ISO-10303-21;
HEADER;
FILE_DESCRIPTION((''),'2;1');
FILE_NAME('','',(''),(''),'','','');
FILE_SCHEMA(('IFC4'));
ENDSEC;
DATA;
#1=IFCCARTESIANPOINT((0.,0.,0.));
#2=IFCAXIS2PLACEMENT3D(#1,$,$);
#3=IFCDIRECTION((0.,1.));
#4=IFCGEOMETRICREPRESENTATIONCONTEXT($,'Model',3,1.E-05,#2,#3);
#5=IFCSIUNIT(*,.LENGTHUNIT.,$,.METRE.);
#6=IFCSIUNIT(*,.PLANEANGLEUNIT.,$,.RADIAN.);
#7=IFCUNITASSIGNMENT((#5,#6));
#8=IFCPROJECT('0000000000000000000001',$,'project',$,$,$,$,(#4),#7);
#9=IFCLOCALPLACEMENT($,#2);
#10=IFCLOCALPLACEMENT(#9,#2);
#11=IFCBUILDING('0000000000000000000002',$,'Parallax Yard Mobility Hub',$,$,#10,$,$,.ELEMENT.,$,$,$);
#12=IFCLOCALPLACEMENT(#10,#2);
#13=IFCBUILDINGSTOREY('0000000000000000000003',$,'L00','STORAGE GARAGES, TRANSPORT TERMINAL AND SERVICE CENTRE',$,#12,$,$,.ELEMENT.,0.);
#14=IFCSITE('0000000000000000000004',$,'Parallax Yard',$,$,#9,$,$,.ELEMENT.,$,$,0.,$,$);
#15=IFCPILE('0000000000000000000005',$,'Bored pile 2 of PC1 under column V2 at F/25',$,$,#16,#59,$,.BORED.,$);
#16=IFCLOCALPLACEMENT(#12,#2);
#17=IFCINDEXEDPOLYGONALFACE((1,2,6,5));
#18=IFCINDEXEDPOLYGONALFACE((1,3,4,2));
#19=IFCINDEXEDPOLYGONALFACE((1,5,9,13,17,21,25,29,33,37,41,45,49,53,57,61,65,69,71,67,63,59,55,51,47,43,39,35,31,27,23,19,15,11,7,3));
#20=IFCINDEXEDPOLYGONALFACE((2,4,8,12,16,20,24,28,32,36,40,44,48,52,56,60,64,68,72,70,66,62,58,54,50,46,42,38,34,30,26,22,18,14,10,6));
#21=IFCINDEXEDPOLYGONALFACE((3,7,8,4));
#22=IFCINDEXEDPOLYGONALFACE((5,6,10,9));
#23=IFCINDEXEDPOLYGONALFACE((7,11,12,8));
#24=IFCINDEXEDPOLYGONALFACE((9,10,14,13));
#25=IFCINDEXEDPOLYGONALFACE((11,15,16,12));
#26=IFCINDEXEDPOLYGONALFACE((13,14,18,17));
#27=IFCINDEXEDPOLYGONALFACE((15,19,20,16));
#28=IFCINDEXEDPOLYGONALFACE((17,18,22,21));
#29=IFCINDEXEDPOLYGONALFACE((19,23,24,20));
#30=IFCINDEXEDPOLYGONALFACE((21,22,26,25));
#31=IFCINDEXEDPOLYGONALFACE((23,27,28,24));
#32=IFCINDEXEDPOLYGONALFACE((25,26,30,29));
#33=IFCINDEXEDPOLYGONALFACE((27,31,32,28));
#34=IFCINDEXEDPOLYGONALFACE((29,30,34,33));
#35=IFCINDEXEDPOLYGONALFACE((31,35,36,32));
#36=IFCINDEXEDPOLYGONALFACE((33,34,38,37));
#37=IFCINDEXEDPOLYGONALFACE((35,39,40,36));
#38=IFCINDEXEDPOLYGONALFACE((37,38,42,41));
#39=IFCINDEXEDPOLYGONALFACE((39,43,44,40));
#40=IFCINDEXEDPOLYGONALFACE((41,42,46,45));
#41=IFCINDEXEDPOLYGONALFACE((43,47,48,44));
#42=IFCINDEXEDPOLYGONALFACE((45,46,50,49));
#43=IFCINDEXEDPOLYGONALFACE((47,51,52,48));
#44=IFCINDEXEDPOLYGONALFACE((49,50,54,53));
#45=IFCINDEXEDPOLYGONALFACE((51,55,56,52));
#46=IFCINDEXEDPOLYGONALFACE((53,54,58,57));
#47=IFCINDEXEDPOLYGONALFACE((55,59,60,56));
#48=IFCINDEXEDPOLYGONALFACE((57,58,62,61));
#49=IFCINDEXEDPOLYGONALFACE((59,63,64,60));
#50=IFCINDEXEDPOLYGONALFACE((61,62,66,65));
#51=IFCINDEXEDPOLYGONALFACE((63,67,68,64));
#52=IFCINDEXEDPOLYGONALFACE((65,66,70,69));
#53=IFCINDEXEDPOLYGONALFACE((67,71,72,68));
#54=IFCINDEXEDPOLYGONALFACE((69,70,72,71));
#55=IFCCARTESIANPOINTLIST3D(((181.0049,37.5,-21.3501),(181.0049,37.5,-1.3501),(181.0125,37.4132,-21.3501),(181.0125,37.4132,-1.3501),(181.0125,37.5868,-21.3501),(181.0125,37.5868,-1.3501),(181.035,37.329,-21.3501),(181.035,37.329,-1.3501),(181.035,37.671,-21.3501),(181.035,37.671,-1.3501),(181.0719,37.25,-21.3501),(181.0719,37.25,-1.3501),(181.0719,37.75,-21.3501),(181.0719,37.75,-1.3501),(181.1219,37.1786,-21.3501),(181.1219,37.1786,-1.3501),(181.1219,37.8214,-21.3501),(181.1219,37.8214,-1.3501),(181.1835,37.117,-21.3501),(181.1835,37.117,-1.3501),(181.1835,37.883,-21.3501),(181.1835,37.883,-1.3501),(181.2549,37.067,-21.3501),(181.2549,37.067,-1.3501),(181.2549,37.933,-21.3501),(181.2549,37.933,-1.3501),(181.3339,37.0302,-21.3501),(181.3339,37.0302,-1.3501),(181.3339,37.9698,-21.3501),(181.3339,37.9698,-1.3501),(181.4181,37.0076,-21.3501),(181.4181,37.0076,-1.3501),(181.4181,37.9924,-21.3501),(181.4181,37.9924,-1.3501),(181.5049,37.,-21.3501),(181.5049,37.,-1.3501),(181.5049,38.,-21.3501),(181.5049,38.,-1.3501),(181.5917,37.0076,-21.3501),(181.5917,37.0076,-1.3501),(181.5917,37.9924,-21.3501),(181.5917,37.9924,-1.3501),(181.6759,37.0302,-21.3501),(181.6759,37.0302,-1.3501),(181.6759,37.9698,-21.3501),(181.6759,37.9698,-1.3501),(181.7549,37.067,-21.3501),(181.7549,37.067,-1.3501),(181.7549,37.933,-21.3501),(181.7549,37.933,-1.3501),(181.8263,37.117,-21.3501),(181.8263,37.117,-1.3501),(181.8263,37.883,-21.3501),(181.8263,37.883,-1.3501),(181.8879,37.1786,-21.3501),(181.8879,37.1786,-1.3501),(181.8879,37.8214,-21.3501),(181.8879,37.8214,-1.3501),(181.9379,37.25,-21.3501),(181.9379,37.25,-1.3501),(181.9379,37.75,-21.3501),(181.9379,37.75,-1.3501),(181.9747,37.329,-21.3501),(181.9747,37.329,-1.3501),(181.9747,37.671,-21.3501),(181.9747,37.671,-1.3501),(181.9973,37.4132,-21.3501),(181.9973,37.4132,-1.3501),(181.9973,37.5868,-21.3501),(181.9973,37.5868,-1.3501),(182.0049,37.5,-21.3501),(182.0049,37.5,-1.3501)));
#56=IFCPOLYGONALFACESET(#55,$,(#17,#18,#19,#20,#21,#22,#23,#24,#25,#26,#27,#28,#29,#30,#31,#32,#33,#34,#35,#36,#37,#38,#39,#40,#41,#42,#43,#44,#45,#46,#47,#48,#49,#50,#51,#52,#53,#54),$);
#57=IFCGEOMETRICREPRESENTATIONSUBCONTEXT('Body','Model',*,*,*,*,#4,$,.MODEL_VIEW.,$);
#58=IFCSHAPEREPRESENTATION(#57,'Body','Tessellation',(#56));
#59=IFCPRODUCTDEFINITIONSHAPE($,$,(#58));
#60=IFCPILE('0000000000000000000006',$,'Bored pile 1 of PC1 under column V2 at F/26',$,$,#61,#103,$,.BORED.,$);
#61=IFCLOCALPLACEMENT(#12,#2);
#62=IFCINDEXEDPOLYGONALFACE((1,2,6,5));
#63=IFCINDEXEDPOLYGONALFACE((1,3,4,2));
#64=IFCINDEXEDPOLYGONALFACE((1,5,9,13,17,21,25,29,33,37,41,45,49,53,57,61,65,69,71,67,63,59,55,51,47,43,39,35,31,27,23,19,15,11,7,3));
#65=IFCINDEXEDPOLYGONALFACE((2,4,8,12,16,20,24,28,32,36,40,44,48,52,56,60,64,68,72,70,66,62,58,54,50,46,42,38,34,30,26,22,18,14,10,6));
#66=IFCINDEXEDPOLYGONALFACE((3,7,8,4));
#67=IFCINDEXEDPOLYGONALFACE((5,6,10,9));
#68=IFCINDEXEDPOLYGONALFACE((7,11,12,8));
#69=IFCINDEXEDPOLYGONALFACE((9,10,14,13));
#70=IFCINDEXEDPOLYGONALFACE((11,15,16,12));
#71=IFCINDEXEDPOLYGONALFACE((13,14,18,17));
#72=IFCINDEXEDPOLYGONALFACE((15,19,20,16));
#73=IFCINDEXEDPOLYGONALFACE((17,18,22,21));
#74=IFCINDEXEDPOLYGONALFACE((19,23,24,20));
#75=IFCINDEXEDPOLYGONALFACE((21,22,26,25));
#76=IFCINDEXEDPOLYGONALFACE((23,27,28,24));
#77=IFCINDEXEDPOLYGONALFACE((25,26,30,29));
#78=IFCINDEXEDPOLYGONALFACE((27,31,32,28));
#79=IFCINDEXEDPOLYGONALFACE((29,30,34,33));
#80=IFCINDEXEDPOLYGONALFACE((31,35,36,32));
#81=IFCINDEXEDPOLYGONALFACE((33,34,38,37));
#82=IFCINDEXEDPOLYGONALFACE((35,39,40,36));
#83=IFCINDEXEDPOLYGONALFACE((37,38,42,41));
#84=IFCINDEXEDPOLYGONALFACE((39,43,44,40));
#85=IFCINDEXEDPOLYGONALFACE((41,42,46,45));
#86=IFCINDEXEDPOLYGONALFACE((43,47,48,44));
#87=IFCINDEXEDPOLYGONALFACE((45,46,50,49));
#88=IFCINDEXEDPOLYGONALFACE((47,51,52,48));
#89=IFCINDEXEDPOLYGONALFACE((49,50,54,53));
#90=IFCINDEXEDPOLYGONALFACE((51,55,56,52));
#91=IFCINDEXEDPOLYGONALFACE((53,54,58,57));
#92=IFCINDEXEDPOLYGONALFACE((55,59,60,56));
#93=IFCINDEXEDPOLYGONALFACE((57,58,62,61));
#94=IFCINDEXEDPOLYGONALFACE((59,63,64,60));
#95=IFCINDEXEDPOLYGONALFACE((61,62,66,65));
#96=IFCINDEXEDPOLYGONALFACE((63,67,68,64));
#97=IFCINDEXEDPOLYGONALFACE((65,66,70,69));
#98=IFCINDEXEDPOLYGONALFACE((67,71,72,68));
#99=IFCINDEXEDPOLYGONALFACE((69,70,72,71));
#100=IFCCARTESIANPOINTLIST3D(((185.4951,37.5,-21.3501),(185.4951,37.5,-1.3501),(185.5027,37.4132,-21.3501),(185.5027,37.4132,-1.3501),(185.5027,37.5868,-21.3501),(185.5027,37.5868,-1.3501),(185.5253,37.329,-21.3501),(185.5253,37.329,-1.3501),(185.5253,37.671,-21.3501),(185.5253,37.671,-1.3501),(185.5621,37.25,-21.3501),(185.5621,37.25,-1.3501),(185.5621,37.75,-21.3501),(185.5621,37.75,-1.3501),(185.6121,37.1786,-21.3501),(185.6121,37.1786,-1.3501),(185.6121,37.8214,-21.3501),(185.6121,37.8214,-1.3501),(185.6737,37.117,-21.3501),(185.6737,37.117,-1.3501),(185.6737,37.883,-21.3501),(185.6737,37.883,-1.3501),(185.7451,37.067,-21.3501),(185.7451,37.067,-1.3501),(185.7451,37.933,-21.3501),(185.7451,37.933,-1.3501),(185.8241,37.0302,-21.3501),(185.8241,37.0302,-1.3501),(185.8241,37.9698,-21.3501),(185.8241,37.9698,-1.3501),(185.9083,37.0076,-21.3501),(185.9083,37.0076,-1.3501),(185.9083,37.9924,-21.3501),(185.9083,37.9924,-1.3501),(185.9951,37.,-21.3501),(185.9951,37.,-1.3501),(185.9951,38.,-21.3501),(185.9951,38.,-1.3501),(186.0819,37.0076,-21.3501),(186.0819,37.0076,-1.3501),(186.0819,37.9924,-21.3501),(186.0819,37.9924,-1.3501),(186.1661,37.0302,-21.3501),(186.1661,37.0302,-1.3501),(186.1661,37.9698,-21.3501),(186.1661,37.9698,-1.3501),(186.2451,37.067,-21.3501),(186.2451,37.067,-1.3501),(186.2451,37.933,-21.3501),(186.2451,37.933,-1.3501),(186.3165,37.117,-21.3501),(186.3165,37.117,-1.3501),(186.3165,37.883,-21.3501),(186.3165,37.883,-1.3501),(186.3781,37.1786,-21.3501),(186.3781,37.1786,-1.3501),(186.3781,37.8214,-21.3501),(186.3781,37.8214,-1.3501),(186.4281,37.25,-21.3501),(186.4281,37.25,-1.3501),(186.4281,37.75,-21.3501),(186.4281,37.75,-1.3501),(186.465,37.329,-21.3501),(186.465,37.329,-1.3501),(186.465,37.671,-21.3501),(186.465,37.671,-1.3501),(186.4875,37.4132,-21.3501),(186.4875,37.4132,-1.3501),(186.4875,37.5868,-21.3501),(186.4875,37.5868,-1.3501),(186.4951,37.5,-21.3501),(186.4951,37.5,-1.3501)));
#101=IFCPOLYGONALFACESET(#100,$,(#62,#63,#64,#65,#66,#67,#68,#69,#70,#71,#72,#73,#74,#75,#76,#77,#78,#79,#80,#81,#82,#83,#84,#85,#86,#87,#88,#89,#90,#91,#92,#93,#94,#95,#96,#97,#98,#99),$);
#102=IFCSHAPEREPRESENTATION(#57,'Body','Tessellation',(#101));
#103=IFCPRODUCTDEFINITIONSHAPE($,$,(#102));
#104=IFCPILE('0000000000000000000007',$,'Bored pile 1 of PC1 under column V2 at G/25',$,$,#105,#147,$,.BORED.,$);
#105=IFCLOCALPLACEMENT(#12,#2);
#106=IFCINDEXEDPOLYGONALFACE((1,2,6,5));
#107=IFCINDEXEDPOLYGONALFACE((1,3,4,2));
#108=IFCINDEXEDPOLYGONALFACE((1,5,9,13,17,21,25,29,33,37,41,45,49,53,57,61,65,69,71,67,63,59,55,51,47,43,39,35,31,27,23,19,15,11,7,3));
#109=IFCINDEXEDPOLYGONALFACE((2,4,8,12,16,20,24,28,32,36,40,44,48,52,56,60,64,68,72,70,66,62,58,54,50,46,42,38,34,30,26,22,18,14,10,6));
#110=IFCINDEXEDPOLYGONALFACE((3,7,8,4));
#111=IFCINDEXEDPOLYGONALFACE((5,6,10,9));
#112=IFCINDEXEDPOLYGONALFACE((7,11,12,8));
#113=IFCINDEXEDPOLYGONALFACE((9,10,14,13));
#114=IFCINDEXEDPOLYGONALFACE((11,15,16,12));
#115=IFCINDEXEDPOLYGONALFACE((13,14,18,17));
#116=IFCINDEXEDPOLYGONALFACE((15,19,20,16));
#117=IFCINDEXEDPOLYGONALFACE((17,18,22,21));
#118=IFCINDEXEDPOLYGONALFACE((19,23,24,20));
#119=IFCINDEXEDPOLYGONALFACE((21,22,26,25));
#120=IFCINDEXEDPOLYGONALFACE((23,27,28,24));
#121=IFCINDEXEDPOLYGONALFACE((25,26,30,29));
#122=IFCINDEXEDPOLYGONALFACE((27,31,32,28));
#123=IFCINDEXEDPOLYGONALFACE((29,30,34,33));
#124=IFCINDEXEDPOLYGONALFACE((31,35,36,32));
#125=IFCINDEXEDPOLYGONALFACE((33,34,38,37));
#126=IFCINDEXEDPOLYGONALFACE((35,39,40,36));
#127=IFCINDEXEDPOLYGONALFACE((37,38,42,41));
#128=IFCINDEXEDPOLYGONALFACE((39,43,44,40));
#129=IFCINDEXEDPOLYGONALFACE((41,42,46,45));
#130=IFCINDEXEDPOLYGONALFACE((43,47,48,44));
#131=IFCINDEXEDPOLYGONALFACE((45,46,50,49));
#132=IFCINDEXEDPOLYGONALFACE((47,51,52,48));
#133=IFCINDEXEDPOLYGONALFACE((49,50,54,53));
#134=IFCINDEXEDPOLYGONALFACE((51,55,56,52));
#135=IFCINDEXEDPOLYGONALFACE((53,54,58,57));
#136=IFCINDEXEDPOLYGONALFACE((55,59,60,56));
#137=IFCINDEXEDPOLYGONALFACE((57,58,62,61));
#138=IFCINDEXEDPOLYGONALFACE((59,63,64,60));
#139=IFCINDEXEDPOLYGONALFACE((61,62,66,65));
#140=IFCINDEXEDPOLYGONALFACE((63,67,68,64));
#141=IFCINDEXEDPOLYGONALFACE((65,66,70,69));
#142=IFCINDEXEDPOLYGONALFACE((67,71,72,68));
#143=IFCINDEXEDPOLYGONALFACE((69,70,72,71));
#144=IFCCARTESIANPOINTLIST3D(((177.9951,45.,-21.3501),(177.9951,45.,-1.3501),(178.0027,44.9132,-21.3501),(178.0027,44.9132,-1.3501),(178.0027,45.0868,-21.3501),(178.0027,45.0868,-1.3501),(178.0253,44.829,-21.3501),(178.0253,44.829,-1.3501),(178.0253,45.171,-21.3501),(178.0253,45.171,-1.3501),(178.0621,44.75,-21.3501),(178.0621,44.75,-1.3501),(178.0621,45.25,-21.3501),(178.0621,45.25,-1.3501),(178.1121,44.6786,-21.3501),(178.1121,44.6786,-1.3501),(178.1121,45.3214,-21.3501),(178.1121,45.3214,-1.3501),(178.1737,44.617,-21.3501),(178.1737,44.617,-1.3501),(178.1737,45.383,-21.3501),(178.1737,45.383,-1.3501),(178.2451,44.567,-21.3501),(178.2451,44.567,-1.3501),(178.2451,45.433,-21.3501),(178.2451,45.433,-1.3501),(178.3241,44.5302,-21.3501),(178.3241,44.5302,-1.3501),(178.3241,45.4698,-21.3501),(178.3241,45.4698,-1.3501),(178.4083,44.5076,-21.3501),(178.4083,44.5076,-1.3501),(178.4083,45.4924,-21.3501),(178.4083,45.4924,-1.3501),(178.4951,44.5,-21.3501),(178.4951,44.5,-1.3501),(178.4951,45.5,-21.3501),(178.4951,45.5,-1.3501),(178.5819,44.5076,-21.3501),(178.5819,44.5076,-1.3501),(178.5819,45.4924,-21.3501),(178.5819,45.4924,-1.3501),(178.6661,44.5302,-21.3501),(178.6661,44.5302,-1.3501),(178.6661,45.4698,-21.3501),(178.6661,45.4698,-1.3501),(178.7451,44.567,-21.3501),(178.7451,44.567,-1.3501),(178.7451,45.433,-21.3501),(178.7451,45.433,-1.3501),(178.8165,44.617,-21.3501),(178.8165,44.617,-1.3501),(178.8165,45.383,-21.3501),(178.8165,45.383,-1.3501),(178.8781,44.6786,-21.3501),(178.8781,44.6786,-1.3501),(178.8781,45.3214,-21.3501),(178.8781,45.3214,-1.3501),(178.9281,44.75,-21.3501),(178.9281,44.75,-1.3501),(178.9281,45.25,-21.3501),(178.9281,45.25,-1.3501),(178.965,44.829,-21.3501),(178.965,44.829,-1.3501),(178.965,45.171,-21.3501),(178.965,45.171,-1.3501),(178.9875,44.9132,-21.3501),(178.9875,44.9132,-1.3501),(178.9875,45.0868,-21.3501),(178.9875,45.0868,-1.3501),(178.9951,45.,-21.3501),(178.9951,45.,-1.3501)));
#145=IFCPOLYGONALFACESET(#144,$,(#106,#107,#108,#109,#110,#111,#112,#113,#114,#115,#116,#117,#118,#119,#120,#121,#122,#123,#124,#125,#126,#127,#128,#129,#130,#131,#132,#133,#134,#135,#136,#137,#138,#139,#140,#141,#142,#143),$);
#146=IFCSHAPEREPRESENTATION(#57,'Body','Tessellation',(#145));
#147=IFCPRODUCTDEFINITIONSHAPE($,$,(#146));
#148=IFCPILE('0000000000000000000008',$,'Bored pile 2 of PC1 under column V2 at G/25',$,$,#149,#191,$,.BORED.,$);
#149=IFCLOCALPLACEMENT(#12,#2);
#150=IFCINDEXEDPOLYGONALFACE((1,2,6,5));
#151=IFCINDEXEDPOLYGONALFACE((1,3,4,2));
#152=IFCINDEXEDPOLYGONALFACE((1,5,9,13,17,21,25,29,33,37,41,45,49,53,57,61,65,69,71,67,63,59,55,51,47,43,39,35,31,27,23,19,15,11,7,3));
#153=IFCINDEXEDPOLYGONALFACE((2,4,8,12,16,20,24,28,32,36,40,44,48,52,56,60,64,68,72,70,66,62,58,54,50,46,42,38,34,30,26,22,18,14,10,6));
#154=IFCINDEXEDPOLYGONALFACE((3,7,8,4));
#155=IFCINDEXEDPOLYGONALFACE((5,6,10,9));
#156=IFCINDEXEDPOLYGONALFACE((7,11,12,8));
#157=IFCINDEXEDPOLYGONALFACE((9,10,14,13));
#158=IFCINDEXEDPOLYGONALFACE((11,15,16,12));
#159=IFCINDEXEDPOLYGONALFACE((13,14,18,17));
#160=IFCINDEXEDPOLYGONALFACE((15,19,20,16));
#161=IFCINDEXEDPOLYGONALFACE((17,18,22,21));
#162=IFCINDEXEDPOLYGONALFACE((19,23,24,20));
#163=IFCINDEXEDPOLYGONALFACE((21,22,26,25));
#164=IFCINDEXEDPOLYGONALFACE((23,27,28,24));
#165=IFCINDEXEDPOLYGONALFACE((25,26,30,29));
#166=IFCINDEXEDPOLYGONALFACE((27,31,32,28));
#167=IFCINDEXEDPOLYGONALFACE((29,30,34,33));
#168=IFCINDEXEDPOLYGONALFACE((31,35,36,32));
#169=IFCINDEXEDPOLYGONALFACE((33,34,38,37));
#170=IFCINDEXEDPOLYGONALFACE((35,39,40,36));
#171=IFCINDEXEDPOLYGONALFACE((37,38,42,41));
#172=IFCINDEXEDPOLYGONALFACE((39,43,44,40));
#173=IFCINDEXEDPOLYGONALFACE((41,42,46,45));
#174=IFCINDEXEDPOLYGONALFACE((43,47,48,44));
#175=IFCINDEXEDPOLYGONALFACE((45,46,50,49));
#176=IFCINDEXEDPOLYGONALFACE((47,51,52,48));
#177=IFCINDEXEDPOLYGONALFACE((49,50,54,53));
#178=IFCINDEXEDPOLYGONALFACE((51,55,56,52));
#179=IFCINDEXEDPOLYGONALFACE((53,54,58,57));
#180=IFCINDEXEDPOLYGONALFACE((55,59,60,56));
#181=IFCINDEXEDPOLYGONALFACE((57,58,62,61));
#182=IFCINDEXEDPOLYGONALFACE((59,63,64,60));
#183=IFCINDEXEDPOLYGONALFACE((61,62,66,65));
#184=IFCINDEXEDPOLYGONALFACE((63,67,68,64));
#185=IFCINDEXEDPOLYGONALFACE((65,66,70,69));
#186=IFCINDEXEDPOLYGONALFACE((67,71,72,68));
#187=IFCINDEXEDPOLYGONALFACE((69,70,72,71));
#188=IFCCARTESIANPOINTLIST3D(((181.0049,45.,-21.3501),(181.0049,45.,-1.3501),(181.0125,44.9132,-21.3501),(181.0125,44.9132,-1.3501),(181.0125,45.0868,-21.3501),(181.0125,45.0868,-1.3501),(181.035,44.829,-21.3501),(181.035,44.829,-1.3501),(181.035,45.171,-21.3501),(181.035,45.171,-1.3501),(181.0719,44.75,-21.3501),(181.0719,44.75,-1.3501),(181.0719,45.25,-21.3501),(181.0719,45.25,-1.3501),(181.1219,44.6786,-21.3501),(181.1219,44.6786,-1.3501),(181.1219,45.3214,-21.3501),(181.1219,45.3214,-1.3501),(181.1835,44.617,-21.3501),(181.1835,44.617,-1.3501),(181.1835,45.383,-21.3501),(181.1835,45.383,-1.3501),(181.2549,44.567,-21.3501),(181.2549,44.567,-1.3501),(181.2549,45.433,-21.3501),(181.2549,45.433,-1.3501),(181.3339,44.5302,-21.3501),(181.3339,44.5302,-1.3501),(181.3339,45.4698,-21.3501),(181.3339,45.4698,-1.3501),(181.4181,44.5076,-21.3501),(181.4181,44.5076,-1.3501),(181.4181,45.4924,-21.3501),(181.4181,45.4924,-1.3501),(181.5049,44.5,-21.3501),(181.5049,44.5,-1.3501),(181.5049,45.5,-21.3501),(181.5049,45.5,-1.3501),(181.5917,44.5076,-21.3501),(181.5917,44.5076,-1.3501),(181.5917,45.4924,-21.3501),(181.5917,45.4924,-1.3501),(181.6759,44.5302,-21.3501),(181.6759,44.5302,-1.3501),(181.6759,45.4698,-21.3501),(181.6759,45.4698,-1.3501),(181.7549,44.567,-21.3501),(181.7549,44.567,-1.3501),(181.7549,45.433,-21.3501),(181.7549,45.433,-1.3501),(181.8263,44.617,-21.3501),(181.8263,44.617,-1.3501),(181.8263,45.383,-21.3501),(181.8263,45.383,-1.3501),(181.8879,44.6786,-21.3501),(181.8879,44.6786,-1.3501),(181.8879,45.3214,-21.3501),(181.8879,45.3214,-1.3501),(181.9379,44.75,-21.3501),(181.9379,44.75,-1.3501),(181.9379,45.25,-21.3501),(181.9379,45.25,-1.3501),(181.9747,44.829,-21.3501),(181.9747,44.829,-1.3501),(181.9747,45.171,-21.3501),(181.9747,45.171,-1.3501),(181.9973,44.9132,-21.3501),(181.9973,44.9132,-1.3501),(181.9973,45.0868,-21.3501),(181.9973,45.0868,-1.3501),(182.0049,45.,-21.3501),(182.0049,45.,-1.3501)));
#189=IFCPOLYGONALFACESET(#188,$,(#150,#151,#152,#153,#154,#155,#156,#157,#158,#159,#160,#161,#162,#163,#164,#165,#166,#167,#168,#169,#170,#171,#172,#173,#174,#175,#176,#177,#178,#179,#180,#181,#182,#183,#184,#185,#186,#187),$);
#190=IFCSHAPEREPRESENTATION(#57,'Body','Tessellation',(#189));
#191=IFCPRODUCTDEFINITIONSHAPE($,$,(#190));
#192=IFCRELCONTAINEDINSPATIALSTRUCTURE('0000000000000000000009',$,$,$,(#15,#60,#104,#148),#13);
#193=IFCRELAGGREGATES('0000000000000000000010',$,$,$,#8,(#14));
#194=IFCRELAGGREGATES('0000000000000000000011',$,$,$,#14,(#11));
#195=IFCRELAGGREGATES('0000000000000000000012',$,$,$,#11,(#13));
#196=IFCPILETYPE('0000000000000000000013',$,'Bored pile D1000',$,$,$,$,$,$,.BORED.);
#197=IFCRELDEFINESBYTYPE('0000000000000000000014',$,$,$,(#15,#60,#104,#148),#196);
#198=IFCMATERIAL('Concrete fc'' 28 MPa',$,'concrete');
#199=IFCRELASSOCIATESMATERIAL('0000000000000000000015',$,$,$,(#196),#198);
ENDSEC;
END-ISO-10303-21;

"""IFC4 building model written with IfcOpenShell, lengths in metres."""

from ifc_helpers import new_model, si_unit, direction, frame, origin, origin_2d, place, context, subcontext, project, spatial, circle, extrude, material, material_profile, profile_set, type_object, element, save


model = new_model("IFC4")

# Units and contexts
model_context = context("Model", 3, precision=1e-05, world=origin(), true_north=direction((0.0, 1.0)))
body_context = subcontext(model_context, "Body", "Model", "MODEL_VIEW")
ifc_project = project(units=[si_unit("LENGTHUNIT", "METRE"), si_unit("PLANEANGLEUNIT", "RADIAN")], contexts=[model_context])

# Site, building, storey
site_placement = place(None, origin())
site = spatial("IfcSite", under=ifc_project, at=site_placement, Name="Parallax Yard", CompositionType="ELEMENT", RefElevation=0.0)
building_placement = place(site_placement, origin())
building = spatial("IfcBuilding", under=site, at=building_placement, Name="Parallax Yard Mobility Hub", CompositionType="ELEMENT")
storey_placement = place(building_placement, origin())
storey = spatial("IfcBuildingStorey", under=building, at=storey_placement, Name="L00", Description="STORAGE GARAGES, TRANSPORT TERMINAL AND SERVICE CENTRE", CompositionType="ELEMENT", Elevation=0.0)

# Piles
ifc_material_1 = material(Name="Concrete fc' 28 MPa", Category="concrete")
ifc_material_profile_1 = material_profile(ifc_material_1, circle(Radius=0.5, at=origin_2d()), Name="Bored pile D1000")
ifc_profile_set_1 = profile_set([ifc_material_profile_1], Name="Concrete fc' 28 MPa")
pile_type = type_object("IfcPileType", Name="Bored pile D1000", PredefinedType="BORED", material=ifc_profile_set_1)
for number, where, z_axis, x_axis, name in (
    (1, (181.5049, 37.5, -1.3501), (0.0, 0.0, -1.0), (1.0, 0.0, 0.0), "Bored pile 2 of PC1 under column V2 at F/25"),
    (2, (185.9951, 37.5, -1.3501), (0.0, 0.0, -1.0), (1.0, 0.0, 0.0), "Bored pile 1 of PC1 under column V2 at F/26"),
    (3, (178.4951, 45.0, -1.3501), (0.0, 0.0, -1.0), (1.0, 0.0, 0.0), "Bored pile 1 of PC1 under column V2 at G/25"),
    (4, (181.5049, 45.0, -1.3501), (0.0, 0.0, -1.0), (1.0, 0.0, 0.0), "Bored pile 2 of PC1 under column V2 at G/25"),
):
    element("IfcPile", number, at=place(storey_placement, frame(where, z_axis=z_axis, x_axis=x_axis)), inside=storey, type_object=pile_type, Name=name, PredefinedType="BORED", context=body_context, shape_type="SweptSolid", body=[
        extrude(circle(Radius=0.5, at=origin_2d()), origin(), (0.0, 0.0, 1.0), 20.0),
    ])

save(model, "model.ifc")
